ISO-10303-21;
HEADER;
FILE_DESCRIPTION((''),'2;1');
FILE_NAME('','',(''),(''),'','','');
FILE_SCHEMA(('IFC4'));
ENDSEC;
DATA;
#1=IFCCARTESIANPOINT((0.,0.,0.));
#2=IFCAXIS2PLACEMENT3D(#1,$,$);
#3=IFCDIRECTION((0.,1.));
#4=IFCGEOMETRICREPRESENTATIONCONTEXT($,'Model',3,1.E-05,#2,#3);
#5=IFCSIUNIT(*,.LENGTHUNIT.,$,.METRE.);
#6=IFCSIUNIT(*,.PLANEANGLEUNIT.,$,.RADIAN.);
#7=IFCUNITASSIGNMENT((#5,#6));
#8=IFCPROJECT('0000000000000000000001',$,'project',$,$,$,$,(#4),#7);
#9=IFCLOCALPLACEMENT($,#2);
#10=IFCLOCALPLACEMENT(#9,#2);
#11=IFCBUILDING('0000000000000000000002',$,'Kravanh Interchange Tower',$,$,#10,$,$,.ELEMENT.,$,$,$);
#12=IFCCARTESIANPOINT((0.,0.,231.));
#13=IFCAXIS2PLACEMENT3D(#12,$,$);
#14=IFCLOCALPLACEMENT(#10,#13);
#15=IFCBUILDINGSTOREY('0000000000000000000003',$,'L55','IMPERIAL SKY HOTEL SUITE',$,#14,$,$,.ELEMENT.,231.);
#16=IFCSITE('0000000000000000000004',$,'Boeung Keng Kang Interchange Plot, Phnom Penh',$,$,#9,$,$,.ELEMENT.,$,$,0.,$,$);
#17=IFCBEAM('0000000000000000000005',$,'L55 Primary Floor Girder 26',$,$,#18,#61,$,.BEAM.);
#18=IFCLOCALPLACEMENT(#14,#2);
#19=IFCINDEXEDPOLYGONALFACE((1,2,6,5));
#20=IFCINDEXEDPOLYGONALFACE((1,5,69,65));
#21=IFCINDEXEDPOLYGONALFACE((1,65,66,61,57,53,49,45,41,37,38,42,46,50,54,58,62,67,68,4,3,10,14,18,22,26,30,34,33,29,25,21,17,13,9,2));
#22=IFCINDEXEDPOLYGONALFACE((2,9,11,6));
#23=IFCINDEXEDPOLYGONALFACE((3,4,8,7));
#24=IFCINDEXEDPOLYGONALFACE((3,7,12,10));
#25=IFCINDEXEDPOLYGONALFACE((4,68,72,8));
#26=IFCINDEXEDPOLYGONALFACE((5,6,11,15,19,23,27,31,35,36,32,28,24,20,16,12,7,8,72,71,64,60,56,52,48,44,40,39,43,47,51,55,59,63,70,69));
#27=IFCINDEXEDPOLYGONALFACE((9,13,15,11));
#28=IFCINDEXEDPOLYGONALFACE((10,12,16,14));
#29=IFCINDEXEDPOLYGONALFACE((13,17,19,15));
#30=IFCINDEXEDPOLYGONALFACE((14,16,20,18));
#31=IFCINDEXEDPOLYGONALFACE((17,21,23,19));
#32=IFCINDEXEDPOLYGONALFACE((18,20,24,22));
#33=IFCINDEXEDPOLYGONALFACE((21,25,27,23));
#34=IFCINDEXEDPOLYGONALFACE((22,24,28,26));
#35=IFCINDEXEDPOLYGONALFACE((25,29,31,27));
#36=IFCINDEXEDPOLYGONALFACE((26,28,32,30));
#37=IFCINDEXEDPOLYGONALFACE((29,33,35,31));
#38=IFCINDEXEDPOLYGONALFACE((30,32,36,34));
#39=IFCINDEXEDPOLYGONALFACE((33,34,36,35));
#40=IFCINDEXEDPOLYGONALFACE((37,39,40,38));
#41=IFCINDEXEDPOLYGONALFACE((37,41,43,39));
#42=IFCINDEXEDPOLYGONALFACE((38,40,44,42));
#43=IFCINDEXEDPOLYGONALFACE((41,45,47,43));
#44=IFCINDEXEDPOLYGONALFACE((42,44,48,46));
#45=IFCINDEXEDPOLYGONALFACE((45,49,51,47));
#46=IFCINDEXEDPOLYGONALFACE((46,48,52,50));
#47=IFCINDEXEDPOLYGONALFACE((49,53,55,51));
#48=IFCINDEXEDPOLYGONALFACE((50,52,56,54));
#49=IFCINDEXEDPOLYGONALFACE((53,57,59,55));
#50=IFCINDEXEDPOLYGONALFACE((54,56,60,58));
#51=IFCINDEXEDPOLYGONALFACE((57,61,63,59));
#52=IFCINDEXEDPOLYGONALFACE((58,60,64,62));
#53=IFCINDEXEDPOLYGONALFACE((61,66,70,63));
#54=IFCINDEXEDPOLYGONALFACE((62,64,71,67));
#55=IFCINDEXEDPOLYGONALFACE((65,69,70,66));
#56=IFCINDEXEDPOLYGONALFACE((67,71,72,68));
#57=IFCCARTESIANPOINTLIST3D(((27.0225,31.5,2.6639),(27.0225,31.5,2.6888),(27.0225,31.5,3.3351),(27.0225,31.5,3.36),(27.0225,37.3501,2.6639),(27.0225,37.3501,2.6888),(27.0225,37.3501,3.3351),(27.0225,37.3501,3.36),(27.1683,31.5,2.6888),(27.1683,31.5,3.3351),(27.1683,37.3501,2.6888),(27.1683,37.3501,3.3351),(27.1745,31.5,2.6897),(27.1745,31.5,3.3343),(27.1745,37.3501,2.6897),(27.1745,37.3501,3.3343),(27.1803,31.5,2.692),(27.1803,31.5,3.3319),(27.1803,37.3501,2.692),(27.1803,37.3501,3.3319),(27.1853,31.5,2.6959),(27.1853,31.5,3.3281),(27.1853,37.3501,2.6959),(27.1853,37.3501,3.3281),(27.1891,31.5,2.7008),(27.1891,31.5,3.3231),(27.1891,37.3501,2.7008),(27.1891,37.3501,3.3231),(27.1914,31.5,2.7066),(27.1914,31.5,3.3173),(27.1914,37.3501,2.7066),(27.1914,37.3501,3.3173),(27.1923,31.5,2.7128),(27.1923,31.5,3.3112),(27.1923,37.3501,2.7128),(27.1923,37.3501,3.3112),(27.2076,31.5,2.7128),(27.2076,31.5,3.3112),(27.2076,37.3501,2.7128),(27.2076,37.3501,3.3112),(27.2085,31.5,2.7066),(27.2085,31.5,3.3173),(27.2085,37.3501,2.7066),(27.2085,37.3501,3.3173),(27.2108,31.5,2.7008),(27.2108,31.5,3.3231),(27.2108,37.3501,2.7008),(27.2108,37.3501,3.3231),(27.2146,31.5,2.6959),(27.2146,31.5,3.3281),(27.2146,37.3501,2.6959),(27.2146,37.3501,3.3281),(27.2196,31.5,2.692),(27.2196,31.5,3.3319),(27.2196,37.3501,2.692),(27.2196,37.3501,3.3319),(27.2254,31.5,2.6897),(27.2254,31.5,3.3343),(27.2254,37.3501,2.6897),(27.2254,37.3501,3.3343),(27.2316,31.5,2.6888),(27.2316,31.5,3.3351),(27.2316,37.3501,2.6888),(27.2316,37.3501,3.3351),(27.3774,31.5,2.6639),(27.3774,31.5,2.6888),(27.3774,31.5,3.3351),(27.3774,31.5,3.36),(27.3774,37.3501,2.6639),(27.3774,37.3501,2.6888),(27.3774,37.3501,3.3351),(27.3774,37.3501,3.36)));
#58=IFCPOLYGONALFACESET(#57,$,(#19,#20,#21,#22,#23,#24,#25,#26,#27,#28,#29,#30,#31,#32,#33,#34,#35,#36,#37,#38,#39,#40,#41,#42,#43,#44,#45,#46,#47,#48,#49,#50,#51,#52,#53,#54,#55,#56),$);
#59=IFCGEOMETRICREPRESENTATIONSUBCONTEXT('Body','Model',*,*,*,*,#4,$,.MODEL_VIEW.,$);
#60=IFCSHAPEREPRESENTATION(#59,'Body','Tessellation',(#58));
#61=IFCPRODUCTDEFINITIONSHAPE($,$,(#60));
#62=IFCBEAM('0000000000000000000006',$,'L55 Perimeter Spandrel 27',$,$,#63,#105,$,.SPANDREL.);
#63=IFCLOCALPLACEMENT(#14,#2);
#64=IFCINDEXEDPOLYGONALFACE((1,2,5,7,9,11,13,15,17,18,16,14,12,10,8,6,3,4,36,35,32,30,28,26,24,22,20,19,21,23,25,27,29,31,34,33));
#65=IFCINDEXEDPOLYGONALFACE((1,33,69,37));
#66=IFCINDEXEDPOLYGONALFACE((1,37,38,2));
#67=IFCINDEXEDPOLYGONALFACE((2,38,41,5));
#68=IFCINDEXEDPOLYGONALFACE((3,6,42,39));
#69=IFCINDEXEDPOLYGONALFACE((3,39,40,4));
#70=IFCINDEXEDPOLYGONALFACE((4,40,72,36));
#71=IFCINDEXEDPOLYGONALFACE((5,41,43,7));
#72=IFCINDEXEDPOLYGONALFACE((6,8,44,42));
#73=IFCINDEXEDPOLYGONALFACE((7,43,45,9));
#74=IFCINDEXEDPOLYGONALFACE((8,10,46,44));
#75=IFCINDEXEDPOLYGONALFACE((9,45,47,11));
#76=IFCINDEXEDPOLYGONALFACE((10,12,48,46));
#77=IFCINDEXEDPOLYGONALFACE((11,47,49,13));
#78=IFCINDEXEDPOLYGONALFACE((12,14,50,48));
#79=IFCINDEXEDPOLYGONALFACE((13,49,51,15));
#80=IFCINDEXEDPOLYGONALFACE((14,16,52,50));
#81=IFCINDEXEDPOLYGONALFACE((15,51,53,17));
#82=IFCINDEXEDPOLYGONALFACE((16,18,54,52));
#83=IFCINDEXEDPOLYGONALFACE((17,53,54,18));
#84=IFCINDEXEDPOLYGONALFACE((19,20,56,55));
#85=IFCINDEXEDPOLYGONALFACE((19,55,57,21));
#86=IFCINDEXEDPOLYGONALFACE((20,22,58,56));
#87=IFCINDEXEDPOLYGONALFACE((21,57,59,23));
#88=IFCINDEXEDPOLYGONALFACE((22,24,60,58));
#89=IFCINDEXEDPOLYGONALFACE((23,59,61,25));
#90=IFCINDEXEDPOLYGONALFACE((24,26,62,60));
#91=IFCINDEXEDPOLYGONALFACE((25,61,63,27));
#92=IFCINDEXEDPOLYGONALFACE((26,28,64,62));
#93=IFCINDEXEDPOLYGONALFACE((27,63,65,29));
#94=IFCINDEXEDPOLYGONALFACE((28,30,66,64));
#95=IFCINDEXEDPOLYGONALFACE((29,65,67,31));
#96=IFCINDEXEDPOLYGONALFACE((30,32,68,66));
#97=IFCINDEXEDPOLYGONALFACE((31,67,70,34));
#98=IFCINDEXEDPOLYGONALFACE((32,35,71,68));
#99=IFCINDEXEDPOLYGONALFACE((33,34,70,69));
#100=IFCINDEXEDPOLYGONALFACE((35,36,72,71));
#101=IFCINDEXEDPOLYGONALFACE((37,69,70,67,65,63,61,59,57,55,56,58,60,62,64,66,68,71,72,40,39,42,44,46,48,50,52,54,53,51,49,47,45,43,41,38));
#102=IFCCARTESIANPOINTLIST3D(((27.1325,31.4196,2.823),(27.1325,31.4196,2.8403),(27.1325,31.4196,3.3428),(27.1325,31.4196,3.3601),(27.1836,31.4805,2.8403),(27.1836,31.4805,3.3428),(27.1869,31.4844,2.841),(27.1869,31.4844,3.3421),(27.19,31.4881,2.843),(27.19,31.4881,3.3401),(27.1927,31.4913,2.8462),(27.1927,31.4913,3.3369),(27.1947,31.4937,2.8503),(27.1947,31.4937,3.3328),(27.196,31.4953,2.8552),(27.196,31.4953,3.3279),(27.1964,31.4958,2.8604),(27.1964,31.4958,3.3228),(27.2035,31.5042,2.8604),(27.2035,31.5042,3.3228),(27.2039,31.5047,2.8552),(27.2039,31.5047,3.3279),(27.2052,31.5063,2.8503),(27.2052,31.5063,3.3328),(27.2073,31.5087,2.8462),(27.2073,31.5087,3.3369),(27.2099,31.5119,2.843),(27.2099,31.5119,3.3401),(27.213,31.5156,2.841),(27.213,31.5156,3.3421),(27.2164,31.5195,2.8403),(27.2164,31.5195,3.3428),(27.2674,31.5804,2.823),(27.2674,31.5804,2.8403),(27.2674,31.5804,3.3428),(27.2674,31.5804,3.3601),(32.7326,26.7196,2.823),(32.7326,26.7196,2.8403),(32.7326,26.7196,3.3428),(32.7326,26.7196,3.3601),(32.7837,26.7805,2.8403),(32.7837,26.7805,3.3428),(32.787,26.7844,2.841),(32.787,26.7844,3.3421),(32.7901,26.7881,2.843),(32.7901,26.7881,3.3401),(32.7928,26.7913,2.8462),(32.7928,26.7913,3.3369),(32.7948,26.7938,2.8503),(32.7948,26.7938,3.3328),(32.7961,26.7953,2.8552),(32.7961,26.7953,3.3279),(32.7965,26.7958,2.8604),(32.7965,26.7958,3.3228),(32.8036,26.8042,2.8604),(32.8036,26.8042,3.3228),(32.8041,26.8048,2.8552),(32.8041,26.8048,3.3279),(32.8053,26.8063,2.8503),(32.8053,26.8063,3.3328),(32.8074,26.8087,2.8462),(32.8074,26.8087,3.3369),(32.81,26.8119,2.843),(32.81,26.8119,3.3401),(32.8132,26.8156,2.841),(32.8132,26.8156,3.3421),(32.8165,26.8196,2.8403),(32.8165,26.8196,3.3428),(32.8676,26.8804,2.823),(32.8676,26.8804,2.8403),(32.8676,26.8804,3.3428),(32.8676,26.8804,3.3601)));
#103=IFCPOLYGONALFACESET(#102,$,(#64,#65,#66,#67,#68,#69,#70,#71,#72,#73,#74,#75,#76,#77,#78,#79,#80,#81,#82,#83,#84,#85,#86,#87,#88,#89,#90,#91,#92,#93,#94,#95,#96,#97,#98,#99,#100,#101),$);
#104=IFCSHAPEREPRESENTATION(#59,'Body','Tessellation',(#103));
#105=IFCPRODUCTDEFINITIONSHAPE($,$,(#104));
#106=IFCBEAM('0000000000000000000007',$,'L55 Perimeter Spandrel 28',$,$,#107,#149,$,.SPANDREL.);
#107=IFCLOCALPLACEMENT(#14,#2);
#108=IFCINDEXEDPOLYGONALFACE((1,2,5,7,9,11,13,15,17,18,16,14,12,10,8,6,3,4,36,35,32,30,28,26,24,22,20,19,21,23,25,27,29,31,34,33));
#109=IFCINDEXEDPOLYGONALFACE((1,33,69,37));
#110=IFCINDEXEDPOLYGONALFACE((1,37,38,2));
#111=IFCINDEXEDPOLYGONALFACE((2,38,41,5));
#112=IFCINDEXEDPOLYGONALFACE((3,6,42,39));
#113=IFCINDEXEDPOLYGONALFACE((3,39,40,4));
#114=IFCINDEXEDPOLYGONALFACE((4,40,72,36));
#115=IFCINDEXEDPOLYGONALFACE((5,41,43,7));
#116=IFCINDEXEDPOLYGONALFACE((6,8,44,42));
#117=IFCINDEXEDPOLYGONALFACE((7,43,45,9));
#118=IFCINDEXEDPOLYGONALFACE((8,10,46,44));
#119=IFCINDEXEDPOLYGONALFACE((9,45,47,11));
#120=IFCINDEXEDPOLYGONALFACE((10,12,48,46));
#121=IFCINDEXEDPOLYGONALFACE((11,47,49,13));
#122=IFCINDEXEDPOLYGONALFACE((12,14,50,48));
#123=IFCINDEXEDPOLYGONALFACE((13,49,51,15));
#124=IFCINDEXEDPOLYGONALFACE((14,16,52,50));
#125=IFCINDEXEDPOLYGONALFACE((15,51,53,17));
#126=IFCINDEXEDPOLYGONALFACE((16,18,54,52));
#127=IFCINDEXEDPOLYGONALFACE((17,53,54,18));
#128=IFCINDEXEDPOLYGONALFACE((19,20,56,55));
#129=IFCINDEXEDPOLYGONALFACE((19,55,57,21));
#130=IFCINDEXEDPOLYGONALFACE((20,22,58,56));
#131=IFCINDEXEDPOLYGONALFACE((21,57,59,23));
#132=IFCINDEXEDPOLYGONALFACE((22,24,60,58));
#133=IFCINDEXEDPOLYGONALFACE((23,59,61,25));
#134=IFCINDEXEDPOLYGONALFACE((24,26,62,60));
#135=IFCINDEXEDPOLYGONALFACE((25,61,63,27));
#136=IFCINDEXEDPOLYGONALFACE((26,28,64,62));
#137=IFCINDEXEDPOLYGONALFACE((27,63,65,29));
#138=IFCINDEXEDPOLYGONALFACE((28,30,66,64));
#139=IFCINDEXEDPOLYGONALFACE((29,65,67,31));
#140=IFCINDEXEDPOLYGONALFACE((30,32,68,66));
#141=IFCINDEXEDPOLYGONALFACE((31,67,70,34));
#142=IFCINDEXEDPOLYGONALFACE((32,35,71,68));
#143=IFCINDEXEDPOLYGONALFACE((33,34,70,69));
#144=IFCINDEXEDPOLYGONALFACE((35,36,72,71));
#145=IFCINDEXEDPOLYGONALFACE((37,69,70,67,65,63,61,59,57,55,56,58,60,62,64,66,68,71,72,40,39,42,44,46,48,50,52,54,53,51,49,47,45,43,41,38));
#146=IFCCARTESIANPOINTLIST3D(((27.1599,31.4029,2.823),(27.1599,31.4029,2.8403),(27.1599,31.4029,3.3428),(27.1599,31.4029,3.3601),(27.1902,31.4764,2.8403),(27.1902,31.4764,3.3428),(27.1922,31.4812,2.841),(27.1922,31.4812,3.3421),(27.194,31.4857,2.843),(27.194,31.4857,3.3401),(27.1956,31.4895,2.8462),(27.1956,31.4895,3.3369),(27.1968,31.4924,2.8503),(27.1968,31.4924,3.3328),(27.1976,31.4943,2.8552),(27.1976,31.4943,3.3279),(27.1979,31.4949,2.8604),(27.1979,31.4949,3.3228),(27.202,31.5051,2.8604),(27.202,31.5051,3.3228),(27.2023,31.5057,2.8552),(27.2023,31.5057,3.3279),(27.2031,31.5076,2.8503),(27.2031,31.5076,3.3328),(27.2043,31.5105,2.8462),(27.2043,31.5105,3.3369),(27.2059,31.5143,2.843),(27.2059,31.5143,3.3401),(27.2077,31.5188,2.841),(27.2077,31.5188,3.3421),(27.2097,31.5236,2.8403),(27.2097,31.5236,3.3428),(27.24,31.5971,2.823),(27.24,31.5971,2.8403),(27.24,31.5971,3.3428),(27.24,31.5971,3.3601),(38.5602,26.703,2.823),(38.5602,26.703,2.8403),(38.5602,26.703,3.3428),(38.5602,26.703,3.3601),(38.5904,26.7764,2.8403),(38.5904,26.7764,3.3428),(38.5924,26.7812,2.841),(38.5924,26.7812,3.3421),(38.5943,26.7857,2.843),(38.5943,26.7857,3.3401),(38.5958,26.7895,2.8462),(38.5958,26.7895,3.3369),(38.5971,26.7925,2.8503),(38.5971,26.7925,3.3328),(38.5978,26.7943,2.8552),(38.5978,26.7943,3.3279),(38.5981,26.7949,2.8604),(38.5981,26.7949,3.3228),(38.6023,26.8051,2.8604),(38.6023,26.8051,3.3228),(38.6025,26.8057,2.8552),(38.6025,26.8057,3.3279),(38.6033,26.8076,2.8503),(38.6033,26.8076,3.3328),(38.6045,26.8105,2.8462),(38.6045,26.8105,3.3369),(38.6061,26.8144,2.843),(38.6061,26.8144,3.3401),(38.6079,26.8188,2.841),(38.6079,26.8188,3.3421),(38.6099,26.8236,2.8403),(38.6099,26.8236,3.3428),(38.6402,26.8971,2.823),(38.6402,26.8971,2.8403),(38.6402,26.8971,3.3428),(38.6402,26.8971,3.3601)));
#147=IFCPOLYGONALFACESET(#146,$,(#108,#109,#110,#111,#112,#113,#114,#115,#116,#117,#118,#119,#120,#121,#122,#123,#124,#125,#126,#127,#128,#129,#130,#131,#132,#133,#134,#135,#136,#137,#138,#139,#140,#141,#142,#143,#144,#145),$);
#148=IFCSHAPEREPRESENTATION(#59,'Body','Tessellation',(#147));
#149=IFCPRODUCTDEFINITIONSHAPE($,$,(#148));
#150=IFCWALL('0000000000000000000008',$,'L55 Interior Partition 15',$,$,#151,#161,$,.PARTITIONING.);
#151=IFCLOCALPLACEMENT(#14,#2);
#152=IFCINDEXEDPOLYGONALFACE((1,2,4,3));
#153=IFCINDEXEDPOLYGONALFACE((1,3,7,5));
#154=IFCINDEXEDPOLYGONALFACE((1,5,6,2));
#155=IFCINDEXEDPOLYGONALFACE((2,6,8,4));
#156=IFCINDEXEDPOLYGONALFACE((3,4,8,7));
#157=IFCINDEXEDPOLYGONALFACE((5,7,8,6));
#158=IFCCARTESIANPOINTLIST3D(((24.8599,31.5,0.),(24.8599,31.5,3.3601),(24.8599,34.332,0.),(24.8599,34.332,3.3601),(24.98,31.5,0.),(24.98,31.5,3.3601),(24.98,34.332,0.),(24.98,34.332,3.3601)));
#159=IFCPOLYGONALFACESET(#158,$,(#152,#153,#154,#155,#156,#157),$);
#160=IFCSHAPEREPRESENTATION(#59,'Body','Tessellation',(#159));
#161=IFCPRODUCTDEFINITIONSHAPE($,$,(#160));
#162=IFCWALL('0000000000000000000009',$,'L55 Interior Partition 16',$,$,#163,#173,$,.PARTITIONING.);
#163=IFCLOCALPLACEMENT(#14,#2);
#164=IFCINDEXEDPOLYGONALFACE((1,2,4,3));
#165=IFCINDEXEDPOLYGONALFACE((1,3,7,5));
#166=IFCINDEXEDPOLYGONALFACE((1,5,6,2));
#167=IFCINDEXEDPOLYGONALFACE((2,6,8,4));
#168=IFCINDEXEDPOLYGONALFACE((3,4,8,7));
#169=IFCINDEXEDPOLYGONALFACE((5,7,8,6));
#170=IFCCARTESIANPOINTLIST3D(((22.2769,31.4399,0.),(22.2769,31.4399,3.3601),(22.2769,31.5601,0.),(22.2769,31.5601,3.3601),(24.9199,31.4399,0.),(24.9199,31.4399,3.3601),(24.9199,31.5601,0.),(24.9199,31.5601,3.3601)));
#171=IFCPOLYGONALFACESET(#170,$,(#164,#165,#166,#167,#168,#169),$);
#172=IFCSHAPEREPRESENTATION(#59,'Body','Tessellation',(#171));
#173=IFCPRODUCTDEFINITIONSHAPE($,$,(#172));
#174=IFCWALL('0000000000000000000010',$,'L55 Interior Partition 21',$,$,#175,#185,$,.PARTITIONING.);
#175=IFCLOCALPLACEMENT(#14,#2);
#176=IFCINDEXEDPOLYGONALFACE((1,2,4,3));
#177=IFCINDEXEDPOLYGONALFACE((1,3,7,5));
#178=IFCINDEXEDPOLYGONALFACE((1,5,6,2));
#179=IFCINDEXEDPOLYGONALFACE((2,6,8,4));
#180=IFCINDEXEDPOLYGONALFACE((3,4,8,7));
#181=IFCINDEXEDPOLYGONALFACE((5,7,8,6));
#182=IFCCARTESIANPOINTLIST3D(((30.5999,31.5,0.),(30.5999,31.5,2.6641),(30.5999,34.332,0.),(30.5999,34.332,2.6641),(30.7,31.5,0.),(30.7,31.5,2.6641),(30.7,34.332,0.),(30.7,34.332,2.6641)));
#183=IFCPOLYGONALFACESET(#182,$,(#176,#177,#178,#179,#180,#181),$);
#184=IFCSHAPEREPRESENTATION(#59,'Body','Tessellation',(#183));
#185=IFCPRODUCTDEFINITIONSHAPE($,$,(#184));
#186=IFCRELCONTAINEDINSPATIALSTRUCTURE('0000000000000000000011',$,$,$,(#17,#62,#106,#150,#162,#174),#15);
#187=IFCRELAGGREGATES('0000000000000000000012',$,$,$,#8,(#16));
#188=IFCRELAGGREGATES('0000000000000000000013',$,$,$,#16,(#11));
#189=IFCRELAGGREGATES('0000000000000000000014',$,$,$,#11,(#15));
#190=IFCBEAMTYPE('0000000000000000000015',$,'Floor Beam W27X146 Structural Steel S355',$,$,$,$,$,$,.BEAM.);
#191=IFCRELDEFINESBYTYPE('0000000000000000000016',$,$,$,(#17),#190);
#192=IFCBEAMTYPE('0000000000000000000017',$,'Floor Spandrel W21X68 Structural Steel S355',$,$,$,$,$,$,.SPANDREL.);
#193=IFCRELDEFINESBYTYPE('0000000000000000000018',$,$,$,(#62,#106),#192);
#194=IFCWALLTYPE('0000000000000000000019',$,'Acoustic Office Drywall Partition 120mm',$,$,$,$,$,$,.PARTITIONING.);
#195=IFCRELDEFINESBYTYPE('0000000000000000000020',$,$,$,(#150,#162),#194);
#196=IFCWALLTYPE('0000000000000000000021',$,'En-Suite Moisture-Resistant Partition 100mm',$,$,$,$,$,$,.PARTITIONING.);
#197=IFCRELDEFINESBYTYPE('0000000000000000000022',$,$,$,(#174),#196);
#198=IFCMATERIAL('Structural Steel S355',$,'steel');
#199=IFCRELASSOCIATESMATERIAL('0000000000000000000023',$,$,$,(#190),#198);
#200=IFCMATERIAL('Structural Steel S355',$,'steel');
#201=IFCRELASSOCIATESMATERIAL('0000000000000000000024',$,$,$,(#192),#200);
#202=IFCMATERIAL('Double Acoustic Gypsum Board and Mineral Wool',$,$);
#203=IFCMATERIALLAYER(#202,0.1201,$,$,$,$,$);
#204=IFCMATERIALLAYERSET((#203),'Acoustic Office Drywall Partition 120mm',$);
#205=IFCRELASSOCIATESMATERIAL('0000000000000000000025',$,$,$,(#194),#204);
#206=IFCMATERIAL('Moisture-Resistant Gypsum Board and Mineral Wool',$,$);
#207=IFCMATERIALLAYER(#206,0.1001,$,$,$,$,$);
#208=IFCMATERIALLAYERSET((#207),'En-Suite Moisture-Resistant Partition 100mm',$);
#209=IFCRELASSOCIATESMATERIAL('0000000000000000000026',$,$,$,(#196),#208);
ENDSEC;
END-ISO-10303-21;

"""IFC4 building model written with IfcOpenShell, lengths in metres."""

from ifc_helpers import new_model, si_unit, direction, frame, frame_2d, origin, origin_2d, place, context, subcontext, project, spatial, rectangle, i_section, extrude, material, layer, layer_set, material_profile, profile_set, type_object, element, save


model = new_model("IFC4")

# Units and contexts
model_context = context("Model", 3, precision=1e-05, world=origin(), true_north=direction((0.0, 1.0)))
body_context = subcontext(model_context, "Body", "Model", "MODEL_VIEW")
ifc_project = project(units=[si_unit("LENGTHUNIT", "METRE"), si_unit("PLANEANGLEUNIT", "RADIAN")], contexts=[model_context])

# Site, building, storey
site_placement = place(None, origin())
site = spatial("IfcSite", under=ifc_project, at=site_placement, Name="Boeung Keng Kang Interchange Plot, Phnom Penh", CompositionType="ELEMENT", RefElevation=0.0)
building_placement = place(site_placement, origin())
building = spatial("IfcBuilding", under=site, at=building_placement, Name="Kravanh Interchange Tower", CompositionType="ELEMENT")
storey_placement = place(building_placement, frame((0.0, 0.0, 231.0)))
storey = spatial("IfcBuildingStorey", under=building, at=storey_placement, Name="L55", Description="IMPERIAL SKY HOTEL SUITE", CompositionType="ELEMENT", Elevation=231.0)

# Beams
ifc_material_1 = material(Name="Structural Steel S355", Category="steel")
ifc_material_profile_1 = material_profile(ifc_material_1, i_section(OverallWidth=0.355, OverallDepth=0.696, WebThickness=0.0154, FlangeThickness=0.0249, FilletRadius=0.0239, at=origin_2d()), Name="W27X146")
ifc_profile_set_1 = profile_set([ifc_material_profile_1], Name="Structural Steel S355")
beam_type_1 = type_object("IfcBeamType", Name="Floor Beam W27X146 Structural Steel S355", PredefinedType="BEAM", material=ifc_profile_set_1)
beam_1_placement = place(storey_placement, frame((27.2, 31.5, 3.012), z_axis=(0.0, 1.0, 0.0), x_axis=(-1.0, 0.0, 0.0)))
element("IfcBeam", 1, at=beam_1_placement, inside=storey, type_object=beam_type_1, Name="L55 Primary Floor Girder 26", PredefinedType="BEAM", context=body_context, shape_type="SweptSolid", body=[
    extrude(i_section(OverallWidth=0.355, OverallDepth=0.696, WebThickness=0.0154, FlangeThickness=0.0249, FilletRadius=0.0239, at=origin_2d()), origin(), (0.0, 0.0, 1.0), 5.8501),
])
ifc_material_2 = material(Name="Structural Steel S355", Category="steel")
ifc_material_profile_2 = material_profile(ifc_material_2, i_section(OverallWidth=0.21, OverallDepth=0.5371, WebThickness=0.011, FlangeThickness=0.0173, FilletRadius=0.02, at=origin_2d()), Name="W21X68")
ifc_profile_set_2 = profile_set([ifc_material_profile_2], Name="Structural Steel S355")
beam_type_2 = type_object("IfcBeamType", Name="Floor Spandrel W21X68 Structural Steel S355", PredefinedType="SPANDREL", material=ifc_profile_set_2)
beam_2_placement = place(storey_placement, frame((27.2, 31.5, 3.0916), z_axis=(0.765983, -0.642861, 0.0), x_axis=(0.642861, 0.765983, 0.0)))
element("IfcBeam", 2, at=beam_2_placement, inside=storey, type_object=beam_type_2, Name="L55 Perimeter Spandrel 27", PredefinedType="SPANDREL", context=body_context, shape_type="SweptSolid", body=[
    extrude(i_section(OverallWidth=0.21, OverallDepth=0.5371, WebThickness=0.011, FlangeThickness=0.0173, FilletRadius=0.02, at=origin_2d()), origin(), (0.0, 0.0, 1.0), 7.311),
])
beam_3_placement = place(storey_placement, frame((27.2, 31.5, 3.0916), z_axis=(0.924513, -0.38115, 0.0), x_axis=(0.38115, 0.924513, 0.0)))
element("IfcBeam", 3, at=beam_3_placement, inside=storey, type_object=beam_type_2, Name="L55 Perimeter Spandrel 28", PredefinedType="SPANDREL", context=body_context, shape_type="SweptSolid", body=[
    extrude(i_section(OverallWidth=0.21, OverallDepth=0.5371, WebThickness=0.011, FlangeThickness=0.0173, FilletRadius=0.02, at=origin_2d()), origin(), (0.0, 0.0, 1.0), 12.3311),
])

# Walls
ifc_material_3 = material(Name="Double Acoustic Gypsum Board and Mineral Wool")
ifc_layer_1 = layer(ifc_material_3, 0.1201)
ifc_layer_set_1 = layer_set([ifc_layer_1], Name="Acoustic Office Drywall Partition 120mm")
wall_type_1 = type_object("IfcWallType", Name="Acoustic Office Drywall Partition 120mm", PredefinedType="PARTITIONING", material=ifc_layer_set_1)
wall_1_placement = place(storey_placement, frame((24.9199, 31.5, 0.0), z_axis=(0.0, 0.0, 1.0), x_axis=(0.0, 1.0, 0.0)))
element("IfcWall", 4, at=wall_1_placement, inside=storey, type_object=wall_type_1, Name="L55 Interior Partition 15", PredefinedType="PARTITIONING", context=body_context, shape_type="SweptSolid", body=[
    extrude(rectangle(XDim=2.832, YDim=0.1201, at=frame_2d((1.416, 0.0))), origin(), (0.0, 0.0, 1.0), 3.3601),
])
wall_2_placement = place(storey_placement, frame((22.2769, 31.5, 0.0), z_axis=(0.0, 0.0, 1.0), x_axis=(1.0, 0.0, 0.0)))
element("IfcWall", 5, at=wall_2_placement, inside=storey, type_object=wall_type_1, Name="L55 Interior Partition 16", PredefinedType="PARTITIONING", context=body_context, shape_type="SweptSolid", body=[
    extrude(rectangle(XDim=2.6431, YDim=0.1201, at=frame_2d((1.3215, 0.0))), origin(), (0.0, 0.0, 1.0), 3.3601),
])
ifc_material_4 = material(Name="Moisture-Resistant Gypsum Board and Mineral Wool")
ifc_layer_2 = layer(ifc_material_4, 0.1001)
ifc_layer_set_2 = layer_set([ifc_layer_2], Name="En-Suite Moisture-Resistant Partition 100mm")
wall_type_2 = type_object("IfcWallType", Name="En-Suite Moisture-Resistant Partition 100mm", PredefinedType="PARTITIONING", material=ifc_layer_set_2)
wall_3_placement = place(storey_placement, frame((30.6499, 31.5, 0.0), z_axis=(0.0, 0.0, 1.0), x_axis=(0.0, 1.0, 0.0)))
element("IfcWall", 6, at=wall_3_placement, inside=storey, type_object=wall_type_2, Name="L55 Interior Partition 21", PredefinedType="PARTITIONING", context=body_context, shape_type="SweptSolid", body=[
    extrude(rectangle(XDim=2.832, YDim=0.1001, at=frame_2d((1.416, 0.0))), origin(), (0.0, 0.0, 1.0), 2.6641),
])

save(model, "model.ifc")
